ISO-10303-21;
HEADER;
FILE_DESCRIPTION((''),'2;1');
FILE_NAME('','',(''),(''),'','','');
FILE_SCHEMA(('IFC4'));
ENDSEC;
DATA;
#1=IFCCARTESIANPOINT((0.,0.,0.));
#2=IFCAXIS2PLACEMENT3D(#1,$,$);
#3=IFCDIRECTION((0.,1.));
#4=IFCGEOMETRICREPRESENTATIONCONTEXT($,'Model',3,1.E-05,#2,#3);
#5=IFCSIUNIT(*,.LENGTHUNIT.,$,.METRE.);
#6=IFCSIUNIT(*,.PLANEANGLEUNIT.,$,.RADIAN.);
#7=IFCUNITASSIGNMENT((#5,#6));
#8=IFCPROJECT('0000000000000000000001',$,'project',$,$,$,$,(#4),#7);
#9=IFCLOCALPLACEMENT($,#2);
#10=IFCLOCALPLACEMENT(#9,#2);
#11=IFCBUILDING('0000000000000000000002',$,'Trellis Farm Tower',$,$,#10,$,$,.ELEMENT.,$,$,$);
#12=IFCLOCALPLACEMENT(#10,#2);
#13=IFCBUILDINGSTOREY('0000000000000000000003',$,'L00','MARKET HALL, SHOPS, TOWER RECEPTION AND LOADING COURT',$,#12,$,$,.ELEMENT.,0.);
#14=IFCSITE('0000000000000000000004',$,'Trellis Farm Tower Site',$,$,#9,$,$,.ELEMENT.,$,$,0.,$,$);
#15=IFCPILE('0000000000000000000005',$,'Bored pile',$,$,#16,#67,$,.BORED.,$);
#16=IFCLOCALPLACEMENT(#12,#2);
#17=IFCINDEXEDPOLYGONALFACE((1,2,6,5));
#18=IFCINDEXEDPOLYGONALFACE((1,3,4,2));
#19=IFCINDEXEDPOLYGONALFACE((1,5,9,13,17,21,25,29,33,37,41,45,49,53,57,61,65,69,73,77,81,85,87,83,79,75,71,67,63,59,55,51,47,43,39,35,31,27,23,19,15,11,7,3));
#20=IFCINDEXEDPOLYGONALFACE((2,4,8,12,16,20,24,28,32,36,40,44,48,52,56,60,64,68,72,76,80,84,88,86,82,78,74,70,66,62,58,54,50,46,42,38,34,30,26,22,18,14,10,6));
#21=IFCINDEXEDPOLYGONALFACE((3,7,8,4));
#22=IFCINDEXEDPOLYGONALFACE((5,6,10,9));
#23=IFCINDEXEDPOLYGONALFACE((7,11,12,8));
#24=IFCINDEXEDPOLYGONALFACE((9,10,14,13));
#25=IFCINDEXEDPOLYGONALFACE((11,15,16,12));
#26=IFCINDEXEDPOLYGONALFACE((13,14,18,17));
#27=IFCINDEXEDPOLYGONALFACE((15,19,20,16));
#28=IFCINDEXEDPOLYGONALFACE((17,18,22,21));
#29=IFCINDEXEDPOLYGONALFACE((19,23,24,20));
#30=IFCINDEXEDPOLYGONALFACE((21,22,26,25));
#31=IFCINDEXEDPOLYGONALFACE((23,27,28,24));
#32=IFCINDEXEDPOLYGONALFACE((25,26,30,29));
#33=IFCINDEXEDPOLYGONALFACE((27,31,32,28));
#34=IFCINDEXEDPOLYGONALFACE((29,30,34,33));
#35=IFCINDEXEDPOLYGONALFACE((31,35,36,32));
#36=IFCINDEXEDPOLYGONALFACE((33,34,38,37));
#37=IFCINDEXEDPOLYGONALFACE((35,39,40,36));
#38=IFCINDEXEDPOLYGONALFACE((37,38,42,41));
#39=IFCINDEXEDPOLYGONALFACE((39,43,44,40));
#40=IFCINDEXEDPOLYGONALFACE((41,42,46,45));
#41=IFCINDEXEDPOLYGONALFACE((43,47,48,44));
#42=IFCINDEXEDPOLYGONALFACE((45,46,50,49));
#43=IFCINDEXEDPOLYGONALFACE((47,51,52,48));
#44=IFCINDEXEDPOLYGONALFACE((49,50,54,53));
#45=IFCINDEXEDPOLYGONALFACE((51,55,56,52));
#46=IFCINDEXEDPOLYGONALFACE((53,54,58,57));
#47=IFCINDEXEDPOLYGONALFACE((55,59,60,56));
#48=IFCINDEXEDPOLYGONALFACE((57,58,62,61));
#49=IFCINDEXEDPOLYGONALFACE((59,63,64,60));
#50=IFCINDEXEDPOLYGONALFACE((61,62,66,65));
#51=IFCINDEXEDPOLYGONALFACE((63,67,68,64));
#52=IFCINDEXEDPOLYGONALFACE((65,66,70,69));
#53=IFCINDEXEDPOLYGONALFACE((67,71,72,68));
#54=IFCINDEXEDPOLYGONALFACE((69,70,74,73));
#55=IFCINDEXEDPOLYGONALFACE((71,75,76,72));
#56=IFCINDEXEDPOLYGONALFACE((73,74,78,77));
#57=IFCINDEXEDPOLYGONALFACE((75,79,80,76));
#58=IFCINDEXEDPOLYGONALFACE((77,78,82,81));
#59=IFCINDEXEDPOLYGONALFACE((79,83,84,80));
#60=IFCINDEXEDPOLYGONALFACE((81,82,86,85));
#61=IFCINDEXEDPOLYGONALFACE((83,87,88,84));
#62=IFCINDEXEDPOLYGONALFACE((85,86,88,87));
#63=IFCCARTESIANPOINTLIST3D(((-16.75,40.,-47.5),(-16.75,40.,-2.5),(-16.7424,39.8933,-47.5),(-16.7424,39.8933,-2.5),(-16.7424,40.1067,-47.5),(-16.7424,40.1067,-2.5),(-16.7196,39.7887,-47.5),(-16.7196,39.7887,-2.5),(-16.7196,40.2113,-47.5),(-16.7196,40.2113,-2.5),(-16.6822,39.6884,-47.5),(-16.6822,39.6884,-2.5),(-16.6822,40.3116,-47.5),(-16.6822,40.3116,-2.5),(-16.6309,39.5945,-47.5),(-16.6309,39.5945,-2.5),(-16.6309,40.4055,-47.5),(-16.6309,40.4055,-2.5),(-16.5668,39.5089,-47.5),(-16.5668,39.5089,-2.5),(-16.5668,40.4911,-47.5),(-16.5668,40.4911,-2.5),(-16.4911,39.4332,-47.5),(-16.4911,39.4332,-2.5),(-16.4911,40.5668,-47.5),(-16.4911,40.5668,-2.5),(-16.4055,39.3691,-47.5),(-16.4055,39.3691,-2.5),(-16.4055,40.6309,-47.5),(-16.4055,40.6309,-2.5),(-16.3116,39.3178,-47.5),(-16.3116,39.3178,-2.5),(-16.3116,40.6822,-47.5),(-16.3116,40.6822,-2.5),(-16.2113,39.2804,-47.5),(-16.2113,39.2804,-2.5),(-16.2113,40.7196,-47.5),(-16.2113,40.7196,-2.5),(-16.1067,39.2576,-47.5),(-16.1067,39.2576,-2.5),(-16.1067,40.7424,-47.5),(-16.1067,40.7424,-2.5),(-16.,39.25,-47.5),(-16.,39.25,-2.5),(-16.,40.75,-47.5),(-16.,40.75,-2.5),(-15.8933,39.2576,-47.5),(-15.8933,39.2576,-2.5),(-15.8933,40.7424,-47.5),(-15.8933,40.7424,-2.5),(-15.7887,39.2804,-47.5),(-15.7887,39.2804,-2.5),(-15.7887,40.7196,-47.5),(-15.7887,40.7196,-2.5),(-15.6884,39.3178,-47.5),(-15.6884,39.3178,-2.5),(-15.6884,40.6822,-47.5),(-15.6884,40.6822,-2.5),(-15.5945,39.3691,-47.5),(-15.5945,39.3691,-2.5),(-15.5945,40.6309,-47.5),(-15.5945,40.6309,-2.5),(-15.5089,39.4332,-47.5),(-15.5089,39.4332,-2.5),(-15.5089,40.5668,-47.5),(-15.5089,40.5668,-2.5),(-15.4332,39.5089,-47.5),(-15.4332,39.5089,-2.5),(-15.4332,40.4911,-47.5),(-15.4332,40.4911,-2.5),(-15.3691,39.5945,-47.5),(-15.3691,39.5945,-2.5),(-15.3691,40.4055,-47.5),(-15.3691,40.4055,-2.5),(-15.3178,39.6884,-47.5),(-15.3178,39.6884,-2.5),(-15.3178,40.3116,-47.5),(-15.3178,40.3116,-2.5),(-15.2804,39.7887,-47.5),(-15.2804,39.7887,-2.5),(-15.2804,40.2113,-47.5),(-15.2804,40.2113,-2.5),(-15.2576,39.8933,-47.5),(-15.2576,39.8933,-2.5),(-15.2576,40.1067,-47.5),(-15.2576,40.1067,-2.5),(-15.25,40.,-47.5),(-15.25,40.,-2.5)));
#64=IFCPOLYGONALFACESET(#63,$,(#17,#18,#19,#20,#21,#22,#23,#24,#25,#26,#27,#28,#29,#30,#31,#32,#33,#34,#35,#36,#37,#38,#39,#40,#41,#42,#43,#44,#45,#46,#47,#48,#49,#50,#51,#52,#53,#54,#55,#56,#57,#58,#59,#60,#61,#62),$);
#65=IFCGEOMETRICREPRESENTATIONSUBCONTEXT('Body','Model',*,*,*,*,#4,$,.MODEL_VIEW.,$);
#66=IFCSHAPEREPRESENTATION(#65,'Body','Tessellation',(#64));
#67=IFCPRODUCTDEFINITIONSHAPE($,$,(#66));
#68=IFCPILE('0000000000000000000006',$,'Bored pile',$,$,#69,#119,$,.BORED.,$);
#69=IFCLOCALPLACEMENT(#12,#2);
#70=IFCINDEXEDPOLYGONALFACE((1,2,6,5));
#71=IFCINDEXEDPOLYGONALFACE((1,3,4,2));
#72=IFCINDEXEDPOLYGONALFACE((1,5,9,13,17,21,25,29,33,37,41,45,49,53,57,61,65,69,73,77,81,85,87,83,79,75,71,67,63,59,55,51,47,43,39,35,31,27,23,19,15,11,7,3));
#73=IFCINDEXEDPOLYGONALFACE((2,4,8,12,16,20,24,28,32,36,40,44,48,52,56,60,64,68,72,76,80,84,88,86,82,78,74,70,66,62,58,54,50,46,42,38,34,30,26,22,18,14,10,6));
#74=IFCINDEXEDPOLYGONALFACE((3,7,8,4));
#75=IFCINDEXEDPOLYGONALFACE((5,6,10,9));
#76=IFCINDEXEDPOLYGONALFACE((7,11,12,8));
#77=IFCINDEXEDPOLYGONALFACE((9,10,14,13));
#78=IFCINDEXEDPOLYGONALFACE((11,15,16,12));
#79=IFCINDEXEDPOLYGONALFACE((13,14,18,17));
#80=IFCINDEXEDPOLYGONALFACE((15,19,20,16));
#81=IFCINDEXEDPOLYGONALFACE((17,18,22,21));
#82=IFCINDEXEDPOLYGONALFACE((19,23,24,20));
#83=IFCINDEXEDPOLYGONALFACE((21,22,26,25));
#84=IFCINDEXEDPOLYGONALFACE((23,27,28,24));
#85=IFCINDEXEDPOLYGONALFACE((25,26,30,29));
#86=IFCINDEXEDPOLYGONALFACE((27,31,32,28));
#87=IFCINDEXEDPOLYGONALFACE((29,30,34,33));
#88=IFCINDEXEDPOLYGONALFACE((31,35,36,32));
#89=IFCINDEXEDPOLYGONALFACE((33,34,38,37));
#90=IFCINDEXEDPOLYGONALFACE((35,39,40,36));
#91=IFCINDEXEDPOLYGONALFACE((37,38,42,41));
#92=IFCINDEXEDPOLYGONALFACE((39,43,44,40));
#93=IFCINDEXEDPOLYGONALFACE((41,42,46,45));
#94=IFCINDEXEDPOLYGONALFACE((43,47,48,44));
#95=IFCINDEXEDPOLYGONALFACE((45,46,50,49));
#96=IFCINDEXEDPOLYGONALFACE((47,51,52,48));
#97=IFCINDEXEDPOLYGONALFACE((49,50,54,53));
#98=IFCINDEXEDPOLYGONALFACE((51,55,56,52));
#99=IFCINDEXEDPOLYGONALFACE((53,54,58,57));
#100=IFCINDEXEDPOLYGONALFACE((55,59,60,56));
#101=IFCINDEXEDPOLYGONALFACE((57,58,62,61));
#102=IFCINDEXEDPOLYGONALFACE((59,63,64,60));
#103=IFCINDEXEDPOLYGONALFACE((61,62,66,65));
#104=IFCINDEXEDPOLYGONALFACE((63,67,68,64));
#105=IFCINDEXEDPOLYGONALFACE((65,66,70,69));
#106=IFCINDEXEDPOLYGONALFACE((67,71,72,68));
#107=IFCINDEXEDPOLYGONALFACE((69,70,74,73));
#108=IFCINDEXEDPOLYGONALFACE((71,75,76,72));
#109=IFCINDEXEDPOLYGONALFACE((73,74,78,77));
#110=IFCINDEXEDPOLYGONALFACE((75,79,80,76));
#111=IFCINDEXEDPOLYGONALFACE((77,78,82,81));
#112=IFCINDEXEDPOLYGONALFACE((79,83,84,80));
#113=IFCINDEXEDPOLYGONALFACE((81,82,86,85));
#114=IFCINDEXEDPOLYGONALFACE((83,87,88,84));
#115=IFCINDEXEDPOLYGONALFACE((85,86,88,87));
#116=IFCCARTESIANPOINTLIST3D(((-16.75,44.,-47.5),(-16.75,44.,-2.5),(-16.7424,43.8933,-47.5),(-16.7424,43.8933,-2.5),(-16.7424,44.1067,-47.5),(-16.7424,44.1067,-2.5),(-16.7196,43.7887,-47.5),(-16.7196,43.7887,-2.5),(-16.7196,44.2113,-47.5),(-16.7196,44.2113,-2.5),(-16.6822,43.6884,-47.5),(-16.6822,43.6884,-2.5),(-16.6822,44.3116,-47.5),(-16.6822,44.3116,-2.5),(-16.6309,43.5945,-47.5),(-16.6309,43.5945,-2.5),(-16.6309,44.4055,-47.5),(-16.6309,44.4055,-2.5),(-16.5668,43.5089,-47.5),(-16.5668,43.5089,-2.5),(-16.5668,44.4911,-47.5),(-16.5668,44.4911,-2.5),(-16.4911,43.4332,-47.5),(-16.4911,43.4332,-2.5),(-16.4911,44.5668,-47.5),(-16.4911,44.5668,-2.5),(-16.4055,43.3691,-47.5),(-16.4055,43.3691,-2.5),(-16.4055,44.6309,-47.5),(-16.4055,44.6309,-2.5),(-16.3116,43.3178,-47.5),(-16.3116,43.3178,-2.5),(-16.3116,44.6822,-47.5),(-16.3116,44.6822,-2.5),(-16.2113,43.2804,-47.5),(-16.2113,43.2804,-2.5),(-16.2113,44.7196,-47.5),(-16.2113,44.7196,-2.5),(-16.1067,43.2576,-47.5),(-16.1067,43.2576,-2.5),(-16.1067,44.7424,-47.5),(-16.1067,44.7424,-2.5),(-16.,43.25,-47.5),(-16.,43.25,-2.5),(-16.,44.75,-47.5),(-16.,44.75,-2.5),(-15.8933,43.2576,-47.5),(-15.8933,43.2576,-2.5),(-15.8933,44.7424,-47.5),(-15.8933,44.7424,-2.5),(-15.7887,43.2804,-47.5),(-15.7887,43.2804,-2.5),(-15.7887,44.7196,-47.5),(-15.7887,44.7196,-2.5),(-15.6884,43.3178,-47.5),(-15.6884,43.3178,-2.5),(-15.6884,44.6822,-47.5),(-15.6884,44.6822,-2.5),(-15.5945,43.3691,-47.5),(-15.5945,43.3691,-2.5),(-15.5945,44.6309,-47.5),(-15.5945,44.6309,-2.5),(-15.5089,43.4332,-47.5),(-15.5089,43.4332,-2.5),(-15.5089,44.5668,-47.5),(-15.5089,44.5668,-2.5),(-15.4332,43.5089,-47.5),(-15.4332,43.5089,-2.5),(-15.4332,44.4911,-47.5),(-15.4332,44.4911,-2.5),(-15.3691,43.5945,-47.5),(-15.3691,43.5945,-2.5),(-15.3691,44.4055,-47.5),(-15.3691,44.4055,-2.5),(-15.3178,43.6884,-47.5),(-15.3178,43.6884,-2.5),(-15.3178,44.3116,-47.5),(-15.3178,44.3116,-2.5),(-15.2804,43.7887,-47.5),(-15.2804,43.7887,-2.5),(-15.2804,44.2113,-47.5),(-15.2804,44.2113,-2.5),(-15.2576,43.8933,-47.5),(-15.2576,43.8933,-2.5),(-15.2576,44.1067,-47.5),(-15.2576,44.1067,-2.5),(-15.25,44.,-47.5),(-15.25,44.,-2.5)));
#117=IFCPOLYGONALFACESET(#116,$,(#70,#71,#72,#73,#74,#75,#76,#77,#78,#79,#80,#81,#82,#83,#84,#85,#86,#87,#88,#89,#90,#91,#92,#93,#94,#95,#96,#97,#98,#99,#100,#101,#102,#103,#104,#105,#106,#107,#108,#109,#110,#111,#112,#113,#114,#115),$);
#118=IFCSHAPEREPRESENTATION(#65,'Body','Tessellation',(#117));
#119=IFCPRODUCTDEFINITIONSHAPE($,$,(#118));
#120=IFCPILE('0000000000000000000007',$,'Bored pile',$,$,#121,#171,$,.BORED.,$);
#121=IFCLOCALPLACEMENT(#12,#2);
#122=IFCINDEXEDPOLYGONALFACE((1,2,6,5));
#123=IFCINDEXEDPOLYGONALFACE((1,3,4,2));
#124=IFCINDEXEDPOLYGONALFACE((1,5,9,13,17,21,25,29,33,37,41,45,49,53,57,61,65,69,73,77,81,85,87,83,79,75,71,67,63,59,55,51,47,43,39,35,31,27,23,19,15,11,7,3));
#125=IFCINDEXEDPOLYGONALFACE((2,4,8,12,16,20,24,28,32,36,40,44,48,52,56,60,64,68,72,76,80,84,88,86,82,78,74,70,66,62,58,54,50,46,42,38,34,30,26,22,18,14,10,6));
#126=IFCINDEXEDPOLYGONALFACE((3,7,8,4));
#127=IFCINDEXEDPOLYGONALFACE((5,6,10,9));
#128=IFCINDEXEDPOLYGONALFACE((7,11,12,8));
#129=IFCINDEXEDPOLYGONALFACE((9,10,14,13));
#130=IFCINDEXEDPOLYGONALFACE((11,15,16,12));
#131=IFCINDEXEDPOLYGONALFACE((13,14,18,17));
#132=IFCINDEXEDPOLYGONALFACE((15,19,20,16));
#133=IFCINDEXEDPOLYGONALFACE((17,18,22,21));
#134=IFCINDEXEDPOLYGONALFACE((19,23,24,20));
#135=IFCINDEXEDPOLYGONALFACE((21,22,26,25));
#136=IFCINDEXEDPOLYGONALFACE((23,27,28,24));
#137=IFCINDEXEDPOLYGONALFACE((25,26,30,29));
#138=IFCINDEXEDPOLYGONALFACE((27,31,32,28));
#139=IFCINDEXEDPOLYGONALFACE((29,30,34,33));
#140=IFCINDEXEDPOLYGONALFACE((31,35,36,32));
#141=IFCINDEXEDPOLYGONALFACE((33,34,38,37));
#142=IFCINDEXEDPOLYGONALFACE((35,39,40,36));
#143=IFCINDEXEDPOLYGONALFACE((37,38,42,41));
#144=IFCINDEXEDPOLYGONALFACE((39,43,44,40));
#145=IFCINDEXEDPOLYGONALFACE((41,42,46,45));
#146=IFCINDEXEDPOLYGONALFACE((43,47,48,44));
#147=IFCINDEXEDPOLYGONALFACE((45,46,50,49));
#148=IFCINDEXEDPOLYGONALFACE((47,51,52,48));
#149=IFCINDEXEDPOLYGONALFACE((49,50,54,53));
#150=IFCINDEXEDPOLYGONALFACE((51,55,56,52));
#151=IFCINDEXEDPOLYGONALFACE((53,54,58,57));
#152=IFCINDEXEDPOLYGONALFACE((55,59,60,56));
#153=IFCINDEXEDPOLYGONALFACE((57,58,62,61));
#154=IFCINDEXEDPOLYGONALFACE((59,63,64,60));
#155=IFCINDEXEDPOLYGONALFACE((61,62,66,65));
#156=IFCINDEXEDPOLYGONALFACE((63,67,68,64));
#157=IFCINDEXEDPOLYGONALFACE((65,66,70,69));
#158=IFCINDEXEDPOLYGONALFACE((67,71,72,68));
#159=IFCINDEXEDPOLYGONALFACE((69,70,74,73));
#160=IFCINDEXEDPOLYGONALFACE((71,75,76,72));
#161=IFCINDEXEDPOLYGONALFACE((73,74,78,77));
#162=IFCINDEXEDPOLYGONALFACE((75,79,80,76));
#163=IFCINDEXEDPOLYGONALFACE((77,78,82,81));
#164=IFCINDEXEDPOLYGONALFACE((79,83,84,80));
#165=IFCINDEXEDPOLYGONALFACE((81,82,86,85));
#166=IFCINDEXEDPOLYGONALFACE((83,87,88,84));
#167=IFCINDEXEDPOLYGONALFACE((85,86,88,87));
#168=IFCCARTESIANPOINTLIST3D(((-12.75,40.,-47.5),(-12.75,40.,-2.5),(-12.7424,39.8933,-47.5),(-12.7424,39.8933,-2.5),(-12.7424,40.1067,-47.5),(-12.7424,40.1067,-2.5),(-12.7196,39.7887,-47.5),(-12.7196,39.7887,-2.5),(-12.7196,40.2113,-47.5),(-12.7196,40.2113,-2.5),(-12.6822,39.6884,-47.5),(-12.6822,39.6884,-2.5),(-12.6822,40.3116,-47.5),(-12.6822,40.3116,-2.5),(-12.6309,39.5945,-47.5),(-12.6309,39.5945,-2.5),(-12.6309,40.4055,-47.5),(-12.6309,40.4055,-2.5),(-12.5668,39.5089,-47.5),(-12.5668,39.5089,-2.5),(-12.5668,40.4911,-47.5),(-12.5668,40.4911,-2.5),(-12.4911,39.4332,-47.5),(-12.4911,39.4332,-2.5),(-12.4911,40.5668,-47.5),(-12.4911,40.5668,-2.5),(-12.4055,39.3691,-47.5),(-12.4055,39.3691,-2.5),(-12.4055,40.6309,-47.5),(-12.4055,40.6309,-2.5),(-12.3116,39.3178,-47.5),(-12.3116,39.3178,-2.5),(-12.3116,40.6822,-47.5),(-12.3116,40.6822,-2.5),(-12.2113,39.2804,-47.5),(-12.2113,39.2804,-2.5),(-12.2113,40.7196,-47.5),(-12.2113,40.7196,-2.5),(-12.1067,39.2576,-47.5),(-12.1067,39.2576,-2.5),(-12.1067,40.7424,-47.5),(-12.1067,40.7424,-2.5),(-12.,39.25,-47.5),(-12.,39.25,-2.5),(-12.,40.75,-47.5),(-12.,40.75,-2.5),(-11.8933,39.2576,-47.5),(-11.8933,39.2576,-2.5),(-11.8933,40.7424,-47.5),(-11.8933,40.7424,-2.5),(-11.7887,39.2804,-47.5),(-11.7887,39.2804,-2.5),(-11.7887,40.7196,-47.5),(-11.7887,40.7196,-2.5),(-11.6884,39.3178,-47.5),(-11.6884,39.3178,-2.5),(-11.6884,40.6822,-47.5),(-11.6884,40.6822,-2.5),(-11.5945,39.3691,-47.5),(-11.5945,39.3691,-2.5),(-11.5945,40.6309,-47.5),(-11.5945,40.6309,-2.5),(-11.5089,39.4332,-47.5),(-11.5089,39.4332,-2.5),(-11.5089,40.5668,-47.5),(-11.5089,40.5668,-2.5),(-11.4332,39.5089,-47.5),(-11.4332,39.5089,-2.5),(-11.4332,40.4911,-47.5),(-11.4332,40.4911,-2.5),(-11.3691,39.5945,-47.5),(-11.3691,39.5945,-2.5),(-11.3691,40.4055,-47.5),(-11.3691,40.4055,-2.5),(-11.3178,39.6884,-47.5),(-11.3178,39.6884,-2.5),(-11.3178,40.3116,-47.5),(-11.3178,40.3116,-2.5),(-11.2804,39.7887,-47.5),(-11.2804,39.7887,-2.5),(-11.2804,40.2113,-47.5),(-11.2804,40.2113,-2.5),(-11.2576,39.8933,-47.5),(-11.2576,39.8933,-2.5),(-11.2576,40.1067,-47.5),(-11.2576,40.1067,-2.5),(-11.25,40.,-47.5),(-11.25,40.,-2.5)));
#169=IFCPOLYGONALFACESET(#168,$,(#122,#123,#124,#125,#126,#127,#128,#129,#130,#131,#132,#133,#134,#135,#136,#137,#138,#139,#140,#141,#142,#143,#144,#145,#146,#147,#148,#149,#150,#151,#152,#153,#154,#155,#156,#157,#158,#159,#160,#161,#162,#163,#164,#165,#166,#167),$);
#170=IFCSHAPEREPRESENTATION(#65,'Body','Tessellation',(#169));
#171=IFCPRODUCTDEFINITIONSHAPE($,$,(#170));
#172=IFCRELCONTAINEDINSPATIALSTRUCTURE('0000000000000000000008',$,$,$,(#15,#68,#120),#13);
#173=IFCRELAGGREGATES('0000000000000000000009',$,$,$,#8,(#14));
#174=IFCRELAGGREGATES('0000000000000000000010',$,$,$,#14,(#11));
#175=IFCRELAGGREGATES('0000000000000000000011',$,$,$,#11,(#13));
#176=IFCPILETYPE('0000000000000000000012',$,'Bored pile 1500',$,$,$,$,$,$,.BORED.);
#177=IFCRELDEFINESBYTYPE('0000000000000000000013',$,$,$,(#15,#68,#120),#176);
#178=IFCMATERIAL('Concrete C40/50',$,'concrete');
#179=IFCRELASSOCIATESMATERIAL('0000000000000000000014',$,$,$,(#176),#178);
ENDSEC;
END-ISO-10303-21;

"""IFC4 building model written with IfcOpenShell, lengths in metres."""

from ifc_helpers import new_model, si_unit, direction, frame, origin, origin_2d, place, context, subcontext, project, spatial, circle, extrude, source, transform, mapped, material, material_profile, profile_set, type_object, element, save


model = new_model("IFC4")

# Units and contexts
model_context = context("Model", 3, precision=1e-05, world=origin(), true_north=direction((0.0, 1.0)))
body_context = subcontext(model_context, "Body", "Model", "MODEL_VIEW")
ifc_project = project(units=[si_unit("LENGTHUNIT", "METRE"), si_unit("PLANEANGLEUNIT", "RADIAN")], contexts=[model_context])

# Site, building, storey
site_placement = place(None, origin())
site = spatial("IfcSite", under=ifc_project, at=site_placement, Name="Trellis Farm Tower Site", CompositionType="ELEMENT", RefElevation=0.0)
building_placement = place(site_placement, origin())
building = spatial("IfcBuilding", under=site, at=building_placement, Name="Trellis Farm Tower", CompositionType="ELEMENT")
storey_placement = place(building_placement, origin())
storey = spatial("IfcBuildingStorey", under=building, at=storey_placement, Name="L00", Description="MARKET HALL, SHOPS, TOWER RECEPTION AND LOADING COURT", CompositionType="ELEMENT", Elevation=0.0)

# Piles
ifc_material_1 = material(Name="Concrete C40/50", Category="concrete")
ifc_material_profile_1 = material_profile(ifc_material_1, circle(Radius=0.75, at=origin_2d()), Name="Bored pile 1500")
ifc_profile_set_1 = profile_set([ifc_material_profile_1], Name="Concrete C40/50")
pile_type = type_object("IfcPileType", Name="Bored pile 1500", PredefinedType="BORED", material=ifc_profile_set_1)
shared_shape_1 = source(origin(), body_context, "Body", "SweptSolid", [
    extrude(circle(Radius=0.75, at=origin_2d()), origin(), (0.0, 0.0, 1.0), 45.0),
])
for number, where, z_axis, x_axis, name in (
    (1, (-16.0, 40.0, -2.5), (0.0, 0.0, -1.0), (1.0, 0.0, 0.0), "Bored pile"),
    (2, (-16.0, 44.0, -2.5), (0.0, 0.0, -1.0), (1.0, 0.0, 0.0), "Bored pile"),
    (3, (-12.0, 40.0, -2.5), (0.0, 0.0, -1.0), (1.0, 0.0, 0.0), "Bored pile"),
):
    element("IfcPile", number, at=place(storey_placement, frame(where, z_axis=z_axis, x_axis=x_axis)), inside=storey, type_object=pile_type, Name=name, PredefinedType="BORED", context=body_context, shape_type="MappedRepresentation", body=[
        mapped(shared_shape_1, transform((0.0, 0.0, 0.0))),
    ])

save(model, "model.ifc")
